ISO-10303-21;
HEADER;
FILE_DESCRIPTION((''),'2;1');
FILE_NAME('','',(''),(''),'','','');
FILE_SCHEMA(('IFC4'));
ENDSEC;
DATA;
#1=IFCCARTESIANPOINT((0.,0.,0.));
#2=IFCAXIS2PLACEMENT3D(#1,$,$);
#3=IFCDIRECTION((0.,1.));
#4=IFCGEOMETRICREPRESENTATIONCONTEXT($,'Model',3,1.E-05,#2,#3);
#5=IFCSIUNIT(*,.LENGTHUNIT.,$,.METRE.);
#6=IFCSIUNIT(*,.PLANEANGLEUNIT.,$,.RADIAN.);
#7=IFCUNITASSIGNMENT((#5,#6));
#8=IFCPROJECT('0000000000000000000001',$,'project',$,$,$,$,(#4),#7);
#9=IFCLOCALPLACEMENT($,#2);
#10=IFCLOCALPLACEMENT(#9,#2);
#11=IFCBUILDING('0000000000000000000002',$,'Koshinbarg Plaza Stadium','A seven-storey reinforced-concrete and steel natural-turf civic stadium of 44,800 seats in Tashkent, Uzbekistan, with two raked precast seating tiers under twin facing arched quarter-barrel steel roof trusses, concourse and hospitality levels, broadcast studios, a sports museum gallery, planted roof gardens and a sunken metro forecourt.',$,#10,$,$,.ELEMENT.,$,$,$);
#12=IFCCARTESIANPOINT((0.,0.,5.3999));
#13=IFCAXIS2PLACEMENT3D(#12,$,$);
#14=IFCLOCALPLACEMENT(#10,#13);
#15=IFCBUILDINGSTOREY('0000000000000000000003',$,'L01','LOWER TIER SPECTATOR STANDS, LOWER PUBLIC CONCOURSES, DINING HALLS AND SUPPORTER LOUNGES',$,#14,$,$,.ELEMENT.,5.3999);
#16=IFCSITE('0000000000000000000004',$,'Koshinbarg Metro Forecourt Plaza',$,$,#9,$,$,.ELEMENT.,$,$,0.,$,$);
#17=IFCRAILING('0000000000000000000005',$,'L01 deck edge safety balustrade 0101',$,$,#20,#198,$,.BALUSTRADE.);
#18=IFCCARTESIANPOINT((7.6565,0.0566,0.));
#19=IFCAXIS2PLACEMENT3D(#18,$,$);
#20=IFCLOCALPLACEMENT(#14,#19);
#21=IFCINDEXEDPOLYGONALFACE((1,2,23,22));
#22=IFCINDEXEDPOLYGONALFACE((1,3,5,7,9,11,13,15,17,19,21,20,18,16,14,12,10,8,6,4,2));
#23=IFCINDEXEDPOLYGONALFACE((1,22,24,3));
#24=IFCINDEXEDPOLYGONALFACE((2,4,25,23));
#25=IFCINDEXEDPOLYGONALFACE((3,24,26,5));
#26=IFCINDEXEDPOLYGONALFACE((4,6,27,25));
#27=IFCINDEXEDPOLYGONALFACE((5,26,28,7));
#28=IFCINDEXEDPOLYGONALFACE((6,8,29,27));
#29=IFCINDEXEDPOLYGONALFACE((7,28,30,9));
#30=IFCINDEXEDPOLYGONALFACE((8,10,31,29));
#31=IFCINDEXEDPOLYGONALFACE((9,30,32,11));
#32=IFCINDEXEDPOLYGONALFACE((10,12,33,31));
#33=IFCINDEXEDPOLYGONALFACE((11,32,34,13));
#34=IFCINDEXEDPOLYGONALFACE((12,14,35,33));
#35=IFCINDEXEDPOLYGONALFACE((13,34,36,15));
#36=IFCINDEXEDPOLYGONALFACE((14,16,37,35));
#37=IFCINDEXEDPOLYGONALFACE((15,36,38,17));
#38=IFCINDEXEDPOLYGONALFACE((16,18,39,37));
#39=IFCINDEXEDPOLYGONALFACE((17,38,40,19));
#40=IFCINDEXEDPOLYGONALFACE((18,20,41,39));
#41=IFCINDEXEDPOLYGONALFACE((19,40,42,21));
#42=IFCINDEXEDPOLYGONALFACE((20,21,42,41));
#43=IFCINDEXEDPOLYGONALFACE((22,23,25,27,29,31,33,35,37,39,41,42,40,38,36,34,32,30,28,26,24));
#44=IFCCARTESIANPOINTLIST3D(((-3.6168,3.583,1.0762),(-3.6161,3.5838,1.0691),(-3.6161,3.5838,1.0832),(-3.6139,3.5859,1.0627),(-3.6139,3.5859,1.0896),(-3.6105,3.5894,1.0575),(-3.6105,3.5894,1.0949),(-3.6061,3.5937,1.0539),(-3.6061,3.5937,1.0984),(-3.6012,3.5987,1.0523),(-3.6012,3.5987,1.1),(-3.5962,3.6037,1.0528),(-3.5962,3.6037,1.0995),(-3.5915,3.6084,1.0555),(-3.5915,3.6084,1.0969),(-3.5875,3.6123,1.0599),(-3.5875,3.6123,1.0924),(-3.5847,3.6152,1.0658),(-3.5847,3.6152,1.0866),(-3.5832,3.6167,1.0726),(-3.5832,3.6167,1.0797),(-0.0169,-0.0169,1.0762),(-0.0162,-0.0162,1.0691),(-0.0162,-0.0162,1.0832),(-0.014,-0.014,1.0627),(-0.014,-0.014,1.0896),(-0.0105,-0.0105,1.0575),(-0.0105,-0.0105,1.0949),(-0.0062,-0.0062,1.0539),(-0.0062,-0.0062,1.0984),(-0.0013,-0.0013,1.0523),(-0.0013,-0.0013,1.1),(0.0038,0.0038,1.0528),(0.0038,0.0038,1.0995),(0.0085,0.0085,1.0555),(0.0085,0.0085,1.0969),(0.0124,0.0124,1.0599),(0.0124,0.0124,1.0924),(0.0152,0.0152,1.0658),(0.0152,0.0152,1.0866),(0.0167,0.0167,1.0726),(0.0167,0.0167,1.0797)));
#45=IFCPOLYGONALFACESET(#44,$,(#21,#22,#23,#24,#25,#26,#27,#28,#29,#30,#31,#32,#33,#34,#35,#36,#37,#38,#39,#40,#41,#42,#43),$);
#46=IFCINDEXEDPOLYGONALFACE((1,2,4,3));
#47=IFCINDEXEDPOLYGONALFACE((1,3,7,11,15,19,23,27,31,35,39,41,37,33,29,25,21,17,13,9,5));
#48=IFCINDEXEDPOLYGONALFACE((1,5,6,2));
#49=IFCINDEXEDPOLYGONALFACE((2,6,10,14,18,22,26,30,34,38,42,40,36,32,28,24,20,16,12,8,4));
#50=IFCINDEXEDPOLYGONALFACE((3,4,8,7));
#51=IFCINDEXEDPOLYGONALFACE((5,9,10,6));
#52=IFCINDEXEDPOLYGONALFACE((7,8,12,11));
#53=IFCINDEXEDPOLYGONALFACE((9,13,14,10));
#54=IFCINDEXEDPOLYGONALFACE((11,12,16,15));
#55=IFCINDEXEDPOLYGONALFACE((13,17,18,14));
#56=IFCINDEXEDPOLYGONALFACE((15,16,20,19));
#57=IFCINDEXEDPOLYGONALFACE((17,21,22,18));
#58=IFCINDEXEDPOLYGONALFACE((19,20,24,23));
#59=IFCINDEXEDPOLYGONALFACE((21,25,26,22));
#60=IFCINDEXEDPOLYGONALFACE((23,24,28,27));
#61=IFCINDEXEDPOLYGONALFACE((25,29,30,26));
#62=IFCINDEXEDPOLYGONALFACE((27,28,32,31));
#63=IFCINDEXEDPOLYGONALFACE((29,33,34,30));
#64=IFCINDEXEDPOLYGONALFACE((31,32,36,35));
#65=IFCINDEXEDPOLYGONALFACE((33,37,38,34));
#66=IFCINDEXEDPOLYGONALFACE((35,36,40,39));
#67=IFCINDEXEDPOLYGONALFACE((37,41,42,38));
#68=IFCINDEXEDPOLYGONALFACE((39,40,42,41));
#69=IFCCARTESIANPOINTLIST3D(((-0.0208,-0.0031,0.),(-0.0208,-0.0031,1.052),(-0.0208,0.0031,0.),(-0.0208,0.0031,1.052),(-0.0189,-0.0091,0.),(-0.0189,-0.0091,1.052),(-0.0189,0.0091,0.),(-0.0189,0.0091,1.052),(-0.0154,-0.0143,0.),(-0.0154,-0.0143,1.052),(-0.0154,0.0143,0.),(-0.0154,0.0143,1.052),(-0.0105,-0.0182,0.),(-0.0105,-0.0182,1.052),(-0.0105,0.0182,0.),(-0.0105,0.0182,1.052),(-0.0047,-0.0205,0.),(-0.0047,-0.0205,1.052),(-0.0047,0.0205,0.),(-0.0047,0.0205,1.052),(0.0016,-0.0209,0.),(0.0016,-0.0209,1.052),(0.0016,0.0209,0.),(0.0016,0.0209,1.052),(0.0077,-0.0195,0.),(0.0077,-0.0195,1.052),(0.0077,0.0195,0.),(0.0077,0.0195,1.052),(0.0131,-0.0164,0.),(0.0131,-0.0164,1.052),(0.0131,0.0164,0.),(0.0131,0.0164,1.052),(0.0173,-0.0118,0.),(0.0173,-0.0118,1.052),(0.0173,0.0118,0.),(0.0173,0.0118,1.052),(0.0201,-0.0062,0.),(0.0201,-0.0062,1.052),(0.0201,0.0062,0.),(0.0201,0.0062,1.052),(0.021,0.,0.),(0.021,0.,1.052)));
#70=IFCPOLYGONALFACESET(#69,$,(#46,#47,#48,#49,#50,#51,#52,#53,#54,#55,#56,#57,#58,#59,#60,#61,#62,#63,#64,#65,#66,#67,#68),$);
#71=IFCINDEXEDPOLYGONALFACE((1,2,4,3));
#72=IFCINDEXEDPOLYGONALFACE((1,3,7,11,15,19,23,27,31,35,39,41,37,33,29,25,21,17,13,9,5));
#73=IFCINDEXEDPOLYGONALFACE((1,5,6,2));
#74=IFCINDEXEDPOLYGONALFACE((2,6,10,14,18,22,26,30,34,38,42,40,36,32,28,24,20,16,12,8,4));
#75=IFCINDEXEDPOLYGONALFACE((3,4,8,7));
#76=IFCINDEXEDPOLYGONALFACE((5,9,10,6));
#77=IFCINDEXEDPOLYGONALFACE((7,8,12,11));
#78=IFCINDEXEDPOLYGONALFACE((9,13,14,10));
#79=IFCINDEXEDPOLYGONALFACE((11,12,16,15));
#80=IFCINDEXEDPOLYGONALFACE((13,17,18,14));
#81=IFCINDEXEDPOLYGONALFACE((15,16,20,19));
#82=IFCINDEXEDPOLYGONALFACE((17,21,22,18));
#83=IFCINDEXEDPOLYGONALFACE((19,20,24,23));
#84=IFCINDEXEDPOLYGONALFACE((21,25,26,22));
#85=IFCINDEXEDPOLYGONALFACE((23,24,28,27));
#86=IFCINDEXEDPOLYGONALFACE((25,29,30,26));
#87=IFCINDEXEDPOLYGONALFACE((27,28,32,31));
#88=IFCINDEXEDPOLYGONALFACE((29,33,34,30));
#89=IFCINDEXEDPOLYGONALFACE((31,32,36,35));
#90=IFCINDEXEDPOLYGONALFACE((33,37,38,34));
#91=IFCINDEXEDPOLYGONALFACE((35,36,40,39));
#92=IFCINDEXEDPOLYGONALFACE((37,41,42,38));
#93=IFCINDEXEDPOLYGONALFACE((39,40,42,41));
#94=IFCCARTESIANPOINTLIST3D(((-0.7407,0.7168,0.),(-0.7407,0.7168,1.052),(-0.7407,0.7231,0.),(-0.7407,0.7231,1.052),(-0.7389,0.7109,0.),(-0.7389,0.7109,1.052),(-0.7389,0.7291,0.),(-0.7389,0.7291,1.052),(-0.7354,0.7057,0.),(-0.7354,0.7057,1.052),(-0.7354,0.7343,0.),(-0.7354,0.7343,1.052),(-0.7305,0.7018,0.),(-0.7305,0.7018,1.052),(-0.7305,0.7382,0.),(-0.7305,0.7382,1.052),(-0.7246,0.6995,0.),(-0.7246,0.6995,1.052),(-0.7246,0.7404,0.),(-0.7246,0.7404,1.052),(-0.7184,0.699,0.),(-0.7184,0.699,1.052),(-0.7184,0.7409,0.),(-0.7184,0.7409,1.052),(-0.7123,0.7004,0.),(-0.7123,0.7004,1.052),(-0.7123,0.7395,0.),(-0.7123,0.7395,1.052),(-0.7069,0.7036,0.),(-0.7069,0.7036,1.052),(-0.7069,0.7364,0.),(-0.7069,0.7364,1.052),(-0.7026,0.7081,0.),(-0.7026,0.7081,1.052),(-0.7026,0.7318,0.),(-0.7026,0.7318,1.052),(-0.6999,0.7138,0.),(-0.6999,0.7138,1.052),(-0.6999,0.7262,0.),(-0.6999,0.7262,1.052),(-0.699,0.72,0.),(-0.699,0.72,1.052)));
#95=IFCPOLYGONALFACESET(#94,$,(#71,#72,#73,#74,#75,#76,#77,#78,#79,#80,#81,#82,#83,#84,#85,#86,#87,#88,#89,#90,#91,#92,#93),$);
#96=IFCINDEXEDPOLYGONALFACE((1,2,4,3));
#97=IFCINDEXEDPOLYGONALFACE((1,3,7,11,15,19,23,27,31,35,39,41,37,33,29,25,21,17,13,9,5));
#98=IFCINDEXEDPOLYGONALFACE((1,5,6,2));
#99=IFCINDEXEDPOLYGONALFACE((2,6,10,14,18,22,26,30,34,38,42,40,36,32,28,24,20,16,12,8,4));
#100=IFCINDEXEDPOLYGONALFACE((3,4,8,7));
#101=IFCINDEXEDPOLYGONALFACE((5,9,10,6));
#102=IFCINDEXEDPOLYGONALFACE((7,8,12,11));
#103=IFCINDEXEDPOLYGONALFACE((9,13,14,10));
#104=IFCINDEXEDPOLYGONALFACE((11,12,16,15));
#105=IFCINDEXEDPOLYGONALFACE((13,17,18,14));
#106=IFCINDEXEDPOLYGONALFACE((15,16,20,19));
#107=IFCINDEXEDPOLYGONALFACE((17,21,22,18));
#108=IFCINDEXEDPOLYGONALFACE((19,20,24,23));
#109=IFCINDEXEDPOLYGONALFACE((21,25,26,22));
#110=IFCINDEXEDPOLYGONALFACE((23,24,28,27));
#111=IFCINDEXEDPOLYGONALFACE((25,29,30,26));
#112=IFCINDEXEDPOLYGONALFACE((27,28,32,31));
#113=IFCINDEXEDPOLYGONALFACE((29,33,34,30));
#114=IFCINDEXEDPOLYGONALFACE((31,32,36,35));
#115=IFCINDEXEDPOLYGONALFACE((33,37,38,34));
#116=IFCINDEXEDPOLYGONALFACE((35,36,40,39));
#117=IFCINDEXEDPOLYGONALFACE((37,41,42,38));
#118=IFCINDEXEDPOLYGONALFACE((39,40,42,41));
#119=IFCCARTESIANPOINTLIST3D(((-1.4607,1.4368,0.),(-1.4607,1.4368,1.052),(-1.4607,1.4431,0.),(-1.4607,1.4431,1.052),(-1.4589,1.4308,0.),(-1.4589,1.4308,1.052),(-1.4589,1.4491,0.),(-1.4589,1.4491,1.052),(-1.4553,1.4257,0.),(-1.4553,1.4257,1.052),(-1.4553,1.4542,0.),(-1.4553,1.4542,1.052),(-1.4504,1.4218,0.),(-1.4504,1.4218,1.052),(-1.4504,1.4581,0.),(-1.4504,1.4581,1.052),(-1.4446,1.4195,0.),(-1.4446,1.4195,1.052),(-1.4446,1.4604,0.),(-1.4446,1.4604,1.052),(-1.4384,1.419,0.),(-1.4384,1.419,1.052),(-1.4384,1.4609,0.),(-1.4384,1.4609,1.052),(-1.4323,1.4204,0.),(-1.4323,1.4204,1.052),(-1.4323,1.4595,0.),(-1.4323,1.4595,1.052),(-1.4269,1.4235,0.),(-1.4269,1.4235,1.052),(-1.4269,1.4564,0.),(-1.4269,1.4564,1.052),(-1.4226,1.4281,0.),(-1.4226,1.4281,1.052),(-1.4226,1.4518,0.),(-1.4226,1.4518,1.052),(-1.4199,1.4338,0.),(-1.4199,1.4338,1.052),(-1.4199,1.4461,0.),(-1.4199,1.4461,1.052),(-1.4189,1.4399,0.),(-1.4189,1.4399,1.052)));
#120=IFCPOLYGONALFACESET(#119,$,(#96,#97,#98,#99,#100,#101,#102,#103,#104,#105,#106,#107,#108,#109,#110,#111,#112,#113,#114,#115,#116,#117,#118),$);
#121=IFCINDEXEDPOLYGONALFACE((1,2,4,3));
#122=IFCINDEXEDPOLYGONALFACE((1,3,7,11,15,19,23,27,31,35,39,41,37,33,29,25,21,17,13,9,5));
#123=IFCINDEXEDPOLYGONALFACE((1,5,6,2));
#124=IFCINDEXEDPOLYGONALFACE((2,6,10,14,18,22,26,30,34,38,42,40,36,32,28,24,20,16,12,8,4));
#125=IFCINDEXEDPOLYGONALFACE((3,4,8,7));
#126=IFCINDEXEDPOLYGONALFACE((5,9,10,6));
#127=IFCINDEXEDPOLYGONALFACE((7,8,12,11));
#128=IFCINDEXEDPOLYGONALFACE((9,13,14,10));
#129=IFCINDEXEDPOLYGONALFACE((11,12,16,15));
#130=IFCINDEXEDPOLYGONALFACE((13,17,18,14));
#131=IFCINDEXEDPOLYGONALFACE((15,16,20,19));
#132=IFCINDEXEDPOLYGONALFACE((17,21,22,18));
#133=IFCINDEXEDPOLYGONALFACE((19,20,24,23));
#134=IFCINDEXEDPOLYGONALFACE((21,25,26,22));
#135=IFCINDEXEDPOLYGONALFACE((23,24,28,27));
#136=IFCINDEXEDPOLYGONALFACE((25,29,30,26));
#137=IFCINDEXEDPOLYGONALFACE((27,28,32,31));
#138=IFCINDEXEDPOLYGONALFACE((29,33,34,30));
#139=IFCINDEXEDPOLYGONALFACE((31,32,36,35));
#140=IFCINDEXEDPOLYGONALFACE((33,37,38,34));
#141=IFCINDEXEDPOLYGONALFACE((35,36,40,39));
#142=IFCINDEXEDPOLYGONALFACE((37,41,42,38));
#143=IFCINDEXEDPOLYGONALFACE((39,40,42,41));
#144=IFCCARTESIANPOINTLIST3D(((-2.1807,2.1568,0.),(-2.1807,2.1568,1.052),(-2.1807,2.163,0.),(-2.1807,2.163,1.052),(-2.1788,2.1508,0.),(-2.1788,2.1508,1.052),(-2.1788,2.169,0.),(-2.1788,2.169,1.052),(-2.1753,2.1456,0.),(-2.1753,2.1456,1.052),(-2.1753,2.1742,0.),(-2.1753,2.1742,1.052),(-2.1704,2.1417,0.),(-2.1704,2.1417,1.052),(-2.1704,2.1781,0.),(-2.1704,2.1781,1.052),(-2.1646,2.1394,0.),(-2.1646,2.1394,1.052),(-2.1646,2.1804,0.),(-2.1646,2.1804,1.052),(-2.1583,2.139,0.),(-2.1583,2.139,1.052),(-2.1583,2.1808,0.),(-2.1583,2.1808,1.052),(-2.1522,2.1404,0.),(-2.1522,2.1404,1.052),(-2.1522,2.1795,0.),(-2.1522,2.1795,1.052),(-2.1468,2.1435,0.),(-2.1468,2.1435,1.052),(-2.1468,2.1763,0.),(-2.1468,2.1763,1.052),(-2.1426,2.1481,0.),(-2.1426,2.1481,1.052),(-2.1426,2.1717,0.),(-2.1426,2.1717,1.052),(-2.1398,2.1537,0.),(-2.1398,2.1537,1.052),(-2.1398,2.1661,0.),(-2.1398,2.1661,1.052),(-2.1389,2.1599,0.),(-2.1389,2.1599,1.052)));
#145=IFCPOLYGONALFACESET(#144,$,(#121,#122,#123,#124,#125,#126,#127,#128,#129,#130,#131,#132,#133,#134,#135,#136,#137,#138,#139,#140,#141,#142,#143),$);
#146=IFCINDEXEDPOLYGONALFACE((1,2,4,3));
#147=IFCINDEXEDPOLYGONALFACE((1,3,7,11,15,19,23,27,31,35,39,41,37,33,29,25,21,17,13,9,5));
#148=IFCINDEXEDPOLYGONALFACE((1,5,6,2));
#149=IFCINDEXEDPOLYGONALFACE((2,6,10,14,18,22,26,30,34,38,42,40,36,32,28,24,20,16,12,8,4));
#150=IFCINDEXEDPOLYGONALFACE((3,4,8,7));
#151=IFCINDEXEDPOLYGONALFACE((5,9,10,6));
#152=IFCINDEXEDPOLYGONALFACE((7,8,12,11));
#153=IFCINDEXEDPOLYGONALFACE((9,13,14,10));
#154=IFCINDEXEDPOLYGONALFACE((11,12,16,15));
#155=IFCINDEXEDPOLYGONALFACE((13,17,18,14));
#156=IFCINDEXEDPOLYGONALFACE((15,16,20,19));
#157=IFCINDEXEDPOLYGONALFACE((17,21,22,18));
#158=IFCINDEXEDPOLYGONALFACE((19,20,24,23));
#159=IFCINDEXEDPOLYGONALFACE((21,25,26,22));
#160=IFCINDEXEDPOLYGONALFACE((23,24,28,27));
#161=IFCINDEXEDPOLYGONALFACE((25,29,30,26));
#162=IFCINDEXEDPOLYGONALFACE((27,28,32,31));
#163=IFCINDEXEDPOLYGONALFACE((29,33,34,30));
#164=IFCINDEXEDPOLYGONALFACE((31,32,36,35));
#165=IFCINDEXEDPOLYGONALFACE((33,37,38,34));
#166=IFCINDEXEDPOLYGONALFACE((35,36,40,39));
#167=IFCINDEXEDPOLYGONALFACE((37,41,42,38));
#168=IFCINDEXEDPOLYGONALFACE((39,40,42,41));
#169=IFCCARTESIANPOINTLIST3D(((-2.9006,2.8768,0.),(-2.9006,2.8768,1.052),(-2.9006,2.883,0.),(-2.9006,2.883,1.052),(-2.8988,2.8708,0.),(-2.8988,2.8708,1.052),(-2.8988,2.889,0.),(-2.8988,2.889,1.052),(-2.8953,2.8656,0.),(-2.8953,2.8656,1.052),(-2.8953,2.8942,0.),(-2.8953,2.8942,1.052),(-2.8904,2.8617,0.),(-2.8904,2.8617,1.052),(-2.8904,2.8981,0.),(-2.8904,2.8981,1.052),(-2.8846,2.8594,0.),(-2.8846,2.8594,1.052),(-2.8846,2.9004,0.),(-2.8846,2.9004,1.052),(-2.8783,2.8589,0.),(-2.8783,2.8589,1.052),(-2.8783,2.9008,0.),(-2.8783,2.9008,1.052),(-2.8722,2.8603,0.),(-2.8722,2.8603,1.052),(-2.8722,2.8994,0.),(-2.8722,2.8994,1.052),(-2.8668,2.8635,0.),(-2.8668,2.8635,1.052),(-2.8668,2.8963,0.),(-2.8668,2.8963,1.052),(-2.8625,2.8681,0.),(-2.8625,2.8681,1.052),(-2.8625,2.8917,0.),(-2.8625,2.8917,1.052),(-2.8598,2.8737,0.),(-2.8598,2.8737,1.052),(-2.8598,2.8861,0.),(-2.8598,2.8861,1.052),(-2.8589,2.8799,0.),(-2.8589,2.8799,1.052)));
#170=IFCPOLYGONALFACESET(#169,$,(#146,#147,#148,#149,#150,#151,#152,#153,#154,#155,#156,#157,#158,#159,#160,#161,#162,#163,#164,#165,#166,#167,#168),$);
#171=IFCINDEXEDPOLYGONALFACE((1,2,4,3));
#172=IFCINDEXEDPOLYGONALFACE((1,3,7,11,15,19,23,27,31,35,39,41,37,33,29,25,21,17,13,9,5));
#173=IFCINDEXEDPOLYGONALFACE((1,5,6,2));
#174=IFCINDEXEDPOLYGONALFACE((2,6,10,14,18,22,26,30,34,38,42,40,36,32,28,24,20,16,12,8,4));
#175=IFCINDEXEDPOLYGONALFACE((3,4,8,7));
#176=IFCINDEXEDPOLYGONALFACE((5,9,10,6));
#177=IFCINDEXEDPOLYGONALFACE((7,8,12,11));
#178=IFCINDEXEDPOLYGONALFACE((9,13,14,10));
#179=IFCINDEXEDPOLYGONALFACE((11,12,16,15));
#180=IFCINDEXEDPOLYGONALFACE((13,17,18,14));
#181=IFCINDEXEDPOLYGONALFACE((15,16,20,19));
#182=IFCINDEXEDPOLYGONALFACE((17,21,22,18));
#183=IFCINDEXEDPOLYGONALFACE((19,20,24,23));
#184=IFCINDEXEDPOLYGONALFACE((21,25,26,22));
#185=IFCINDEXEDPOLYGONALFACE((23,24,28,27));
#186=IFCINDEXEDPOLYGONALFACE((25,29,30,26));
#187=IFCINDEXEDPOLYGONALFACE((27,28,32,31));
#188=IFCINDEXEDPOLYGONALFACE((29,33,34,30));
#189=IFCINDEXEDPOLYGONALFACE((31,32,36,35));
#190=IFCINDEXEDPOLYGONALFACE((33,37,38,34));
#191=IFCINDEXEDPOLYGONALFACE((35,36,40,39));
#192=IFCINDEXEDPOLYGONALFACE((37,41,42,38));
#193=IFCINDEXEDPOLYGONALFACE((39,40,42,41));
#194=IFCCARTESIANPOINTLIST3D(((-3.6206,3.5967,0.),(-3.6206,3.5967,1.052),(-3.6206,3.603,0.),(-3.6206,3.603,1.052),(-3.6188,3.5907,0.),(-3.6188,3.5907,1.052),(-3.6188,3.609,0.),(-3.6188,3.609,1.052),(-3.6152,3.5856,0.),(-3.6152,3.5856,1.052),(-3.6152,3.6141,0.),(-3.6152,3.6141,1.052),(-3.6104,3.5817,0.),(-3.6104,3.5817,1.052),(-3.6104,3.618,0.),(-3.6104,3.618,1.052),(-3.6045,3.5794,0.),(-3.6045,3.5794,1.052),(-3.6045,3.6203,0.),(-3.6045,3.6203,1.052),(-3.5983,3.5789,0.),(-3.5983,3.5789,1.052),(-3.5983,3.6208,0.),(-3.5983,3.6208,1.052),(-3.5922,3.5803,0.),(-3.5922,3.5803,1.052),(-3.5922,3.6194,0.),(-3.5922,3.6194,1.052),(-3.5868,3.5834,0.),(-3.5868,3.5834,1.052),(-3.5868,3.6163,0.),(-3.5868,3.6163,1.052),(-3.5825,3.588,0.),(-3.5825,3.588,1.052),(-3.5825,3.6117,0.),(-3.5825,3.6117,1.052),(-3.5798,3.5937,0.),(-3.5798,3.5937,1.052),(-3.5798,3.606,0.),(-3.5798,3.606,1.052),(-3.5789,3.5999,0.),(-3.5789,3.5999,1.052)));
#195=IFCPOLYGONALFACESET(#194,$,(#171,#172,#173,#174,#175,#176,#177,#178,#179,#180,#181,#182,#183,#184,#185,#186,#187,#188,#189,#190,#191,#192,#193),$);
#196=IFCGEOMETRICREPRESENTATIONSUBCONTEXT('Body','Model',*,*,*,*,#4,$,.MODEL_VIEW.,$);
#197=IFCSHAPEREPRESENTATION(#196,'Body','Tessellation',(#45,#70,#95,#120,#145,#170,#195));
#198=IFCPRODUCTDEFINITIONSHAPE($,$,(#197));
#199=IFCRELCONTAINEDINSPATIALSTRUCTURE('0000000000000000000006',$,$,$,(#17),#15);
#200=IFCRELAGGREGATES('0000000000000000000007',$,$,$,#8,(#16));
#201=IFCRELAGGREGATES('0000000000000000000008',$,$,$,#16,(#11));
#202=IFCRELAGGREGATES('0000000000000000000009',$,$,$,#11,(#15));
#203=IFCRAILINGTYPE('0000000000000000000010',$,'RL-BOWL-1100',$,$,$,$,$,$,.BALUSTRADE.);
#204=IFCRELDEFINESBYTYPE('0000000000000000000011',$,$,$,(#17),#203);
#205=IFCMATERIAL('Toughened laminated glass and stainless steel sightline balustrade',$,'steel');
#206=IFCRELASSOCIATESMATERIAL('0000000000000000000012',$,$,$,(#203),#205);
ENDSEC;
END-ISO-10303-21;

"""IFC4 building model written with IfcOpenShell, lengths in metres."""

from ifc_helpers import new_model, si_unit, direction, frame, origin, origin_2d, place, context, subcontext, project, spatial, circle, extrude, material, type_object, element, save


model = new_model("IFC4")

# Units and contexts
model_context = context("Model", 3, precision=1e-05, world=origin(), true_north=direction((0.0, 1.0)))
body_context = subcontext(model_context, "Body", "Model", "MODEL_VIEW")
ifc_project = project(units=[si_unit("LENGTHUNIT", "METRE"), si_unit("PLANEANGLEUNIT", "RADIAN")], contexts=[model_context])

# Site, building, storey
site_placement = place(None, origin())
site = spatial("IfcSite", under=ifc_project, at=site_placement, Name="Koshinbarg Metro Forecourt Plaza", CompositionType="ELEMENT", RefElevation=0.0)
building_placement = place(site_placement, origin())
building = spatial("IfcBuilding", under=site, at=building_placement, Name="Koshinbarg Plaza Stadium", Description="A seven-storey reinforced-concrete and steel natural-turf civic stadium of 44,800 seats in Tashkent, Uzbekistan, with two raked precast seating tiers under twin facing arched quarter-barrel steel roof trusses, concourse and hospitality levels, broadcast studios, a sports museum gallery, planted roof gardens and a sunken metro forecourt.", CompositionType="ELEMENT")
storey_placement = place(building_placement, frame((0.0, 0.0, 5.3999)))
storey = spatial("IfcBuildingStorey", under=building, at=storey_placement, Name="L01", Description="LOWER TIER SPECTATOR STANDS, LOWER PUBLIC CONCOURSES, DINING HALLS AND SUPPORTER LOUNGES", CompositionType="ELEMENT", Elevation=5.3999)

# Railing
ifc_material_1 = material(Name="Toughened laminated glass and stainless steel sightline balustrade", Category="steel")
railing_type = type_object("IfcRailingType", Name="RL-BOWL-1100", PredefinedType="BALUSTRADE", material=ifc_material_1)
railing_placement = place(storey_placement, frame((7.6565, 0.0566, 0.0)))
element("IfcRailing", 1, at=railing_placement, inside=storey, type_object=railing_type, Name="L01 deck edge safety balustrade 0101", PredefinedType="BALUSTRADE", context=body_context, shape_type="SweptSolid", body=[
    extrude(circle(Radius=0.0239, at=origin_2d()), frame((0.0, 0.0, 1.0762), z_axis=(-0.707107, 0.707107, 0.0), x_axis=(-0.707107, -0.707107, 0.0)), (0.0, 0.0, 1.0), 5.0911),
    extrude(circle(Radius=0.021, at=origin_2d()), origin(), (0.0, 0.0, 1.0), 1.052),
    extrude(circle(Radius=0.021, at=origin_2d()), frame((-0.72, 0.72, 0.0)), (0.0, 0.0, 1.0), 1.052),
    extrude(circle(Radius=0.021, at=origin_2d()), frame((-1.4399, 1.4399, 0.0)), (0.0, 0.0, 1.0), 1.052),
    extrude(circle(Radius=0.021, at=origin_2d()), frame((-2.1599, 2.1599, 0.0)), (0.0, 0.0, 1.0), 1.052),
    extrude(circle(Radius=0.021, at=origin_2d()), frame((-2.8799, 2.8799, 0.0)), (0.0, 0.0, 1.0), 1.052),
    extrude(circle(Radius=0.021, at=origin_2d()), frame((-3.5999, 3.5999, 0.0)), (0.0, 0.0, 1.0), 1.052),
])

save(model, "model.ifc")
